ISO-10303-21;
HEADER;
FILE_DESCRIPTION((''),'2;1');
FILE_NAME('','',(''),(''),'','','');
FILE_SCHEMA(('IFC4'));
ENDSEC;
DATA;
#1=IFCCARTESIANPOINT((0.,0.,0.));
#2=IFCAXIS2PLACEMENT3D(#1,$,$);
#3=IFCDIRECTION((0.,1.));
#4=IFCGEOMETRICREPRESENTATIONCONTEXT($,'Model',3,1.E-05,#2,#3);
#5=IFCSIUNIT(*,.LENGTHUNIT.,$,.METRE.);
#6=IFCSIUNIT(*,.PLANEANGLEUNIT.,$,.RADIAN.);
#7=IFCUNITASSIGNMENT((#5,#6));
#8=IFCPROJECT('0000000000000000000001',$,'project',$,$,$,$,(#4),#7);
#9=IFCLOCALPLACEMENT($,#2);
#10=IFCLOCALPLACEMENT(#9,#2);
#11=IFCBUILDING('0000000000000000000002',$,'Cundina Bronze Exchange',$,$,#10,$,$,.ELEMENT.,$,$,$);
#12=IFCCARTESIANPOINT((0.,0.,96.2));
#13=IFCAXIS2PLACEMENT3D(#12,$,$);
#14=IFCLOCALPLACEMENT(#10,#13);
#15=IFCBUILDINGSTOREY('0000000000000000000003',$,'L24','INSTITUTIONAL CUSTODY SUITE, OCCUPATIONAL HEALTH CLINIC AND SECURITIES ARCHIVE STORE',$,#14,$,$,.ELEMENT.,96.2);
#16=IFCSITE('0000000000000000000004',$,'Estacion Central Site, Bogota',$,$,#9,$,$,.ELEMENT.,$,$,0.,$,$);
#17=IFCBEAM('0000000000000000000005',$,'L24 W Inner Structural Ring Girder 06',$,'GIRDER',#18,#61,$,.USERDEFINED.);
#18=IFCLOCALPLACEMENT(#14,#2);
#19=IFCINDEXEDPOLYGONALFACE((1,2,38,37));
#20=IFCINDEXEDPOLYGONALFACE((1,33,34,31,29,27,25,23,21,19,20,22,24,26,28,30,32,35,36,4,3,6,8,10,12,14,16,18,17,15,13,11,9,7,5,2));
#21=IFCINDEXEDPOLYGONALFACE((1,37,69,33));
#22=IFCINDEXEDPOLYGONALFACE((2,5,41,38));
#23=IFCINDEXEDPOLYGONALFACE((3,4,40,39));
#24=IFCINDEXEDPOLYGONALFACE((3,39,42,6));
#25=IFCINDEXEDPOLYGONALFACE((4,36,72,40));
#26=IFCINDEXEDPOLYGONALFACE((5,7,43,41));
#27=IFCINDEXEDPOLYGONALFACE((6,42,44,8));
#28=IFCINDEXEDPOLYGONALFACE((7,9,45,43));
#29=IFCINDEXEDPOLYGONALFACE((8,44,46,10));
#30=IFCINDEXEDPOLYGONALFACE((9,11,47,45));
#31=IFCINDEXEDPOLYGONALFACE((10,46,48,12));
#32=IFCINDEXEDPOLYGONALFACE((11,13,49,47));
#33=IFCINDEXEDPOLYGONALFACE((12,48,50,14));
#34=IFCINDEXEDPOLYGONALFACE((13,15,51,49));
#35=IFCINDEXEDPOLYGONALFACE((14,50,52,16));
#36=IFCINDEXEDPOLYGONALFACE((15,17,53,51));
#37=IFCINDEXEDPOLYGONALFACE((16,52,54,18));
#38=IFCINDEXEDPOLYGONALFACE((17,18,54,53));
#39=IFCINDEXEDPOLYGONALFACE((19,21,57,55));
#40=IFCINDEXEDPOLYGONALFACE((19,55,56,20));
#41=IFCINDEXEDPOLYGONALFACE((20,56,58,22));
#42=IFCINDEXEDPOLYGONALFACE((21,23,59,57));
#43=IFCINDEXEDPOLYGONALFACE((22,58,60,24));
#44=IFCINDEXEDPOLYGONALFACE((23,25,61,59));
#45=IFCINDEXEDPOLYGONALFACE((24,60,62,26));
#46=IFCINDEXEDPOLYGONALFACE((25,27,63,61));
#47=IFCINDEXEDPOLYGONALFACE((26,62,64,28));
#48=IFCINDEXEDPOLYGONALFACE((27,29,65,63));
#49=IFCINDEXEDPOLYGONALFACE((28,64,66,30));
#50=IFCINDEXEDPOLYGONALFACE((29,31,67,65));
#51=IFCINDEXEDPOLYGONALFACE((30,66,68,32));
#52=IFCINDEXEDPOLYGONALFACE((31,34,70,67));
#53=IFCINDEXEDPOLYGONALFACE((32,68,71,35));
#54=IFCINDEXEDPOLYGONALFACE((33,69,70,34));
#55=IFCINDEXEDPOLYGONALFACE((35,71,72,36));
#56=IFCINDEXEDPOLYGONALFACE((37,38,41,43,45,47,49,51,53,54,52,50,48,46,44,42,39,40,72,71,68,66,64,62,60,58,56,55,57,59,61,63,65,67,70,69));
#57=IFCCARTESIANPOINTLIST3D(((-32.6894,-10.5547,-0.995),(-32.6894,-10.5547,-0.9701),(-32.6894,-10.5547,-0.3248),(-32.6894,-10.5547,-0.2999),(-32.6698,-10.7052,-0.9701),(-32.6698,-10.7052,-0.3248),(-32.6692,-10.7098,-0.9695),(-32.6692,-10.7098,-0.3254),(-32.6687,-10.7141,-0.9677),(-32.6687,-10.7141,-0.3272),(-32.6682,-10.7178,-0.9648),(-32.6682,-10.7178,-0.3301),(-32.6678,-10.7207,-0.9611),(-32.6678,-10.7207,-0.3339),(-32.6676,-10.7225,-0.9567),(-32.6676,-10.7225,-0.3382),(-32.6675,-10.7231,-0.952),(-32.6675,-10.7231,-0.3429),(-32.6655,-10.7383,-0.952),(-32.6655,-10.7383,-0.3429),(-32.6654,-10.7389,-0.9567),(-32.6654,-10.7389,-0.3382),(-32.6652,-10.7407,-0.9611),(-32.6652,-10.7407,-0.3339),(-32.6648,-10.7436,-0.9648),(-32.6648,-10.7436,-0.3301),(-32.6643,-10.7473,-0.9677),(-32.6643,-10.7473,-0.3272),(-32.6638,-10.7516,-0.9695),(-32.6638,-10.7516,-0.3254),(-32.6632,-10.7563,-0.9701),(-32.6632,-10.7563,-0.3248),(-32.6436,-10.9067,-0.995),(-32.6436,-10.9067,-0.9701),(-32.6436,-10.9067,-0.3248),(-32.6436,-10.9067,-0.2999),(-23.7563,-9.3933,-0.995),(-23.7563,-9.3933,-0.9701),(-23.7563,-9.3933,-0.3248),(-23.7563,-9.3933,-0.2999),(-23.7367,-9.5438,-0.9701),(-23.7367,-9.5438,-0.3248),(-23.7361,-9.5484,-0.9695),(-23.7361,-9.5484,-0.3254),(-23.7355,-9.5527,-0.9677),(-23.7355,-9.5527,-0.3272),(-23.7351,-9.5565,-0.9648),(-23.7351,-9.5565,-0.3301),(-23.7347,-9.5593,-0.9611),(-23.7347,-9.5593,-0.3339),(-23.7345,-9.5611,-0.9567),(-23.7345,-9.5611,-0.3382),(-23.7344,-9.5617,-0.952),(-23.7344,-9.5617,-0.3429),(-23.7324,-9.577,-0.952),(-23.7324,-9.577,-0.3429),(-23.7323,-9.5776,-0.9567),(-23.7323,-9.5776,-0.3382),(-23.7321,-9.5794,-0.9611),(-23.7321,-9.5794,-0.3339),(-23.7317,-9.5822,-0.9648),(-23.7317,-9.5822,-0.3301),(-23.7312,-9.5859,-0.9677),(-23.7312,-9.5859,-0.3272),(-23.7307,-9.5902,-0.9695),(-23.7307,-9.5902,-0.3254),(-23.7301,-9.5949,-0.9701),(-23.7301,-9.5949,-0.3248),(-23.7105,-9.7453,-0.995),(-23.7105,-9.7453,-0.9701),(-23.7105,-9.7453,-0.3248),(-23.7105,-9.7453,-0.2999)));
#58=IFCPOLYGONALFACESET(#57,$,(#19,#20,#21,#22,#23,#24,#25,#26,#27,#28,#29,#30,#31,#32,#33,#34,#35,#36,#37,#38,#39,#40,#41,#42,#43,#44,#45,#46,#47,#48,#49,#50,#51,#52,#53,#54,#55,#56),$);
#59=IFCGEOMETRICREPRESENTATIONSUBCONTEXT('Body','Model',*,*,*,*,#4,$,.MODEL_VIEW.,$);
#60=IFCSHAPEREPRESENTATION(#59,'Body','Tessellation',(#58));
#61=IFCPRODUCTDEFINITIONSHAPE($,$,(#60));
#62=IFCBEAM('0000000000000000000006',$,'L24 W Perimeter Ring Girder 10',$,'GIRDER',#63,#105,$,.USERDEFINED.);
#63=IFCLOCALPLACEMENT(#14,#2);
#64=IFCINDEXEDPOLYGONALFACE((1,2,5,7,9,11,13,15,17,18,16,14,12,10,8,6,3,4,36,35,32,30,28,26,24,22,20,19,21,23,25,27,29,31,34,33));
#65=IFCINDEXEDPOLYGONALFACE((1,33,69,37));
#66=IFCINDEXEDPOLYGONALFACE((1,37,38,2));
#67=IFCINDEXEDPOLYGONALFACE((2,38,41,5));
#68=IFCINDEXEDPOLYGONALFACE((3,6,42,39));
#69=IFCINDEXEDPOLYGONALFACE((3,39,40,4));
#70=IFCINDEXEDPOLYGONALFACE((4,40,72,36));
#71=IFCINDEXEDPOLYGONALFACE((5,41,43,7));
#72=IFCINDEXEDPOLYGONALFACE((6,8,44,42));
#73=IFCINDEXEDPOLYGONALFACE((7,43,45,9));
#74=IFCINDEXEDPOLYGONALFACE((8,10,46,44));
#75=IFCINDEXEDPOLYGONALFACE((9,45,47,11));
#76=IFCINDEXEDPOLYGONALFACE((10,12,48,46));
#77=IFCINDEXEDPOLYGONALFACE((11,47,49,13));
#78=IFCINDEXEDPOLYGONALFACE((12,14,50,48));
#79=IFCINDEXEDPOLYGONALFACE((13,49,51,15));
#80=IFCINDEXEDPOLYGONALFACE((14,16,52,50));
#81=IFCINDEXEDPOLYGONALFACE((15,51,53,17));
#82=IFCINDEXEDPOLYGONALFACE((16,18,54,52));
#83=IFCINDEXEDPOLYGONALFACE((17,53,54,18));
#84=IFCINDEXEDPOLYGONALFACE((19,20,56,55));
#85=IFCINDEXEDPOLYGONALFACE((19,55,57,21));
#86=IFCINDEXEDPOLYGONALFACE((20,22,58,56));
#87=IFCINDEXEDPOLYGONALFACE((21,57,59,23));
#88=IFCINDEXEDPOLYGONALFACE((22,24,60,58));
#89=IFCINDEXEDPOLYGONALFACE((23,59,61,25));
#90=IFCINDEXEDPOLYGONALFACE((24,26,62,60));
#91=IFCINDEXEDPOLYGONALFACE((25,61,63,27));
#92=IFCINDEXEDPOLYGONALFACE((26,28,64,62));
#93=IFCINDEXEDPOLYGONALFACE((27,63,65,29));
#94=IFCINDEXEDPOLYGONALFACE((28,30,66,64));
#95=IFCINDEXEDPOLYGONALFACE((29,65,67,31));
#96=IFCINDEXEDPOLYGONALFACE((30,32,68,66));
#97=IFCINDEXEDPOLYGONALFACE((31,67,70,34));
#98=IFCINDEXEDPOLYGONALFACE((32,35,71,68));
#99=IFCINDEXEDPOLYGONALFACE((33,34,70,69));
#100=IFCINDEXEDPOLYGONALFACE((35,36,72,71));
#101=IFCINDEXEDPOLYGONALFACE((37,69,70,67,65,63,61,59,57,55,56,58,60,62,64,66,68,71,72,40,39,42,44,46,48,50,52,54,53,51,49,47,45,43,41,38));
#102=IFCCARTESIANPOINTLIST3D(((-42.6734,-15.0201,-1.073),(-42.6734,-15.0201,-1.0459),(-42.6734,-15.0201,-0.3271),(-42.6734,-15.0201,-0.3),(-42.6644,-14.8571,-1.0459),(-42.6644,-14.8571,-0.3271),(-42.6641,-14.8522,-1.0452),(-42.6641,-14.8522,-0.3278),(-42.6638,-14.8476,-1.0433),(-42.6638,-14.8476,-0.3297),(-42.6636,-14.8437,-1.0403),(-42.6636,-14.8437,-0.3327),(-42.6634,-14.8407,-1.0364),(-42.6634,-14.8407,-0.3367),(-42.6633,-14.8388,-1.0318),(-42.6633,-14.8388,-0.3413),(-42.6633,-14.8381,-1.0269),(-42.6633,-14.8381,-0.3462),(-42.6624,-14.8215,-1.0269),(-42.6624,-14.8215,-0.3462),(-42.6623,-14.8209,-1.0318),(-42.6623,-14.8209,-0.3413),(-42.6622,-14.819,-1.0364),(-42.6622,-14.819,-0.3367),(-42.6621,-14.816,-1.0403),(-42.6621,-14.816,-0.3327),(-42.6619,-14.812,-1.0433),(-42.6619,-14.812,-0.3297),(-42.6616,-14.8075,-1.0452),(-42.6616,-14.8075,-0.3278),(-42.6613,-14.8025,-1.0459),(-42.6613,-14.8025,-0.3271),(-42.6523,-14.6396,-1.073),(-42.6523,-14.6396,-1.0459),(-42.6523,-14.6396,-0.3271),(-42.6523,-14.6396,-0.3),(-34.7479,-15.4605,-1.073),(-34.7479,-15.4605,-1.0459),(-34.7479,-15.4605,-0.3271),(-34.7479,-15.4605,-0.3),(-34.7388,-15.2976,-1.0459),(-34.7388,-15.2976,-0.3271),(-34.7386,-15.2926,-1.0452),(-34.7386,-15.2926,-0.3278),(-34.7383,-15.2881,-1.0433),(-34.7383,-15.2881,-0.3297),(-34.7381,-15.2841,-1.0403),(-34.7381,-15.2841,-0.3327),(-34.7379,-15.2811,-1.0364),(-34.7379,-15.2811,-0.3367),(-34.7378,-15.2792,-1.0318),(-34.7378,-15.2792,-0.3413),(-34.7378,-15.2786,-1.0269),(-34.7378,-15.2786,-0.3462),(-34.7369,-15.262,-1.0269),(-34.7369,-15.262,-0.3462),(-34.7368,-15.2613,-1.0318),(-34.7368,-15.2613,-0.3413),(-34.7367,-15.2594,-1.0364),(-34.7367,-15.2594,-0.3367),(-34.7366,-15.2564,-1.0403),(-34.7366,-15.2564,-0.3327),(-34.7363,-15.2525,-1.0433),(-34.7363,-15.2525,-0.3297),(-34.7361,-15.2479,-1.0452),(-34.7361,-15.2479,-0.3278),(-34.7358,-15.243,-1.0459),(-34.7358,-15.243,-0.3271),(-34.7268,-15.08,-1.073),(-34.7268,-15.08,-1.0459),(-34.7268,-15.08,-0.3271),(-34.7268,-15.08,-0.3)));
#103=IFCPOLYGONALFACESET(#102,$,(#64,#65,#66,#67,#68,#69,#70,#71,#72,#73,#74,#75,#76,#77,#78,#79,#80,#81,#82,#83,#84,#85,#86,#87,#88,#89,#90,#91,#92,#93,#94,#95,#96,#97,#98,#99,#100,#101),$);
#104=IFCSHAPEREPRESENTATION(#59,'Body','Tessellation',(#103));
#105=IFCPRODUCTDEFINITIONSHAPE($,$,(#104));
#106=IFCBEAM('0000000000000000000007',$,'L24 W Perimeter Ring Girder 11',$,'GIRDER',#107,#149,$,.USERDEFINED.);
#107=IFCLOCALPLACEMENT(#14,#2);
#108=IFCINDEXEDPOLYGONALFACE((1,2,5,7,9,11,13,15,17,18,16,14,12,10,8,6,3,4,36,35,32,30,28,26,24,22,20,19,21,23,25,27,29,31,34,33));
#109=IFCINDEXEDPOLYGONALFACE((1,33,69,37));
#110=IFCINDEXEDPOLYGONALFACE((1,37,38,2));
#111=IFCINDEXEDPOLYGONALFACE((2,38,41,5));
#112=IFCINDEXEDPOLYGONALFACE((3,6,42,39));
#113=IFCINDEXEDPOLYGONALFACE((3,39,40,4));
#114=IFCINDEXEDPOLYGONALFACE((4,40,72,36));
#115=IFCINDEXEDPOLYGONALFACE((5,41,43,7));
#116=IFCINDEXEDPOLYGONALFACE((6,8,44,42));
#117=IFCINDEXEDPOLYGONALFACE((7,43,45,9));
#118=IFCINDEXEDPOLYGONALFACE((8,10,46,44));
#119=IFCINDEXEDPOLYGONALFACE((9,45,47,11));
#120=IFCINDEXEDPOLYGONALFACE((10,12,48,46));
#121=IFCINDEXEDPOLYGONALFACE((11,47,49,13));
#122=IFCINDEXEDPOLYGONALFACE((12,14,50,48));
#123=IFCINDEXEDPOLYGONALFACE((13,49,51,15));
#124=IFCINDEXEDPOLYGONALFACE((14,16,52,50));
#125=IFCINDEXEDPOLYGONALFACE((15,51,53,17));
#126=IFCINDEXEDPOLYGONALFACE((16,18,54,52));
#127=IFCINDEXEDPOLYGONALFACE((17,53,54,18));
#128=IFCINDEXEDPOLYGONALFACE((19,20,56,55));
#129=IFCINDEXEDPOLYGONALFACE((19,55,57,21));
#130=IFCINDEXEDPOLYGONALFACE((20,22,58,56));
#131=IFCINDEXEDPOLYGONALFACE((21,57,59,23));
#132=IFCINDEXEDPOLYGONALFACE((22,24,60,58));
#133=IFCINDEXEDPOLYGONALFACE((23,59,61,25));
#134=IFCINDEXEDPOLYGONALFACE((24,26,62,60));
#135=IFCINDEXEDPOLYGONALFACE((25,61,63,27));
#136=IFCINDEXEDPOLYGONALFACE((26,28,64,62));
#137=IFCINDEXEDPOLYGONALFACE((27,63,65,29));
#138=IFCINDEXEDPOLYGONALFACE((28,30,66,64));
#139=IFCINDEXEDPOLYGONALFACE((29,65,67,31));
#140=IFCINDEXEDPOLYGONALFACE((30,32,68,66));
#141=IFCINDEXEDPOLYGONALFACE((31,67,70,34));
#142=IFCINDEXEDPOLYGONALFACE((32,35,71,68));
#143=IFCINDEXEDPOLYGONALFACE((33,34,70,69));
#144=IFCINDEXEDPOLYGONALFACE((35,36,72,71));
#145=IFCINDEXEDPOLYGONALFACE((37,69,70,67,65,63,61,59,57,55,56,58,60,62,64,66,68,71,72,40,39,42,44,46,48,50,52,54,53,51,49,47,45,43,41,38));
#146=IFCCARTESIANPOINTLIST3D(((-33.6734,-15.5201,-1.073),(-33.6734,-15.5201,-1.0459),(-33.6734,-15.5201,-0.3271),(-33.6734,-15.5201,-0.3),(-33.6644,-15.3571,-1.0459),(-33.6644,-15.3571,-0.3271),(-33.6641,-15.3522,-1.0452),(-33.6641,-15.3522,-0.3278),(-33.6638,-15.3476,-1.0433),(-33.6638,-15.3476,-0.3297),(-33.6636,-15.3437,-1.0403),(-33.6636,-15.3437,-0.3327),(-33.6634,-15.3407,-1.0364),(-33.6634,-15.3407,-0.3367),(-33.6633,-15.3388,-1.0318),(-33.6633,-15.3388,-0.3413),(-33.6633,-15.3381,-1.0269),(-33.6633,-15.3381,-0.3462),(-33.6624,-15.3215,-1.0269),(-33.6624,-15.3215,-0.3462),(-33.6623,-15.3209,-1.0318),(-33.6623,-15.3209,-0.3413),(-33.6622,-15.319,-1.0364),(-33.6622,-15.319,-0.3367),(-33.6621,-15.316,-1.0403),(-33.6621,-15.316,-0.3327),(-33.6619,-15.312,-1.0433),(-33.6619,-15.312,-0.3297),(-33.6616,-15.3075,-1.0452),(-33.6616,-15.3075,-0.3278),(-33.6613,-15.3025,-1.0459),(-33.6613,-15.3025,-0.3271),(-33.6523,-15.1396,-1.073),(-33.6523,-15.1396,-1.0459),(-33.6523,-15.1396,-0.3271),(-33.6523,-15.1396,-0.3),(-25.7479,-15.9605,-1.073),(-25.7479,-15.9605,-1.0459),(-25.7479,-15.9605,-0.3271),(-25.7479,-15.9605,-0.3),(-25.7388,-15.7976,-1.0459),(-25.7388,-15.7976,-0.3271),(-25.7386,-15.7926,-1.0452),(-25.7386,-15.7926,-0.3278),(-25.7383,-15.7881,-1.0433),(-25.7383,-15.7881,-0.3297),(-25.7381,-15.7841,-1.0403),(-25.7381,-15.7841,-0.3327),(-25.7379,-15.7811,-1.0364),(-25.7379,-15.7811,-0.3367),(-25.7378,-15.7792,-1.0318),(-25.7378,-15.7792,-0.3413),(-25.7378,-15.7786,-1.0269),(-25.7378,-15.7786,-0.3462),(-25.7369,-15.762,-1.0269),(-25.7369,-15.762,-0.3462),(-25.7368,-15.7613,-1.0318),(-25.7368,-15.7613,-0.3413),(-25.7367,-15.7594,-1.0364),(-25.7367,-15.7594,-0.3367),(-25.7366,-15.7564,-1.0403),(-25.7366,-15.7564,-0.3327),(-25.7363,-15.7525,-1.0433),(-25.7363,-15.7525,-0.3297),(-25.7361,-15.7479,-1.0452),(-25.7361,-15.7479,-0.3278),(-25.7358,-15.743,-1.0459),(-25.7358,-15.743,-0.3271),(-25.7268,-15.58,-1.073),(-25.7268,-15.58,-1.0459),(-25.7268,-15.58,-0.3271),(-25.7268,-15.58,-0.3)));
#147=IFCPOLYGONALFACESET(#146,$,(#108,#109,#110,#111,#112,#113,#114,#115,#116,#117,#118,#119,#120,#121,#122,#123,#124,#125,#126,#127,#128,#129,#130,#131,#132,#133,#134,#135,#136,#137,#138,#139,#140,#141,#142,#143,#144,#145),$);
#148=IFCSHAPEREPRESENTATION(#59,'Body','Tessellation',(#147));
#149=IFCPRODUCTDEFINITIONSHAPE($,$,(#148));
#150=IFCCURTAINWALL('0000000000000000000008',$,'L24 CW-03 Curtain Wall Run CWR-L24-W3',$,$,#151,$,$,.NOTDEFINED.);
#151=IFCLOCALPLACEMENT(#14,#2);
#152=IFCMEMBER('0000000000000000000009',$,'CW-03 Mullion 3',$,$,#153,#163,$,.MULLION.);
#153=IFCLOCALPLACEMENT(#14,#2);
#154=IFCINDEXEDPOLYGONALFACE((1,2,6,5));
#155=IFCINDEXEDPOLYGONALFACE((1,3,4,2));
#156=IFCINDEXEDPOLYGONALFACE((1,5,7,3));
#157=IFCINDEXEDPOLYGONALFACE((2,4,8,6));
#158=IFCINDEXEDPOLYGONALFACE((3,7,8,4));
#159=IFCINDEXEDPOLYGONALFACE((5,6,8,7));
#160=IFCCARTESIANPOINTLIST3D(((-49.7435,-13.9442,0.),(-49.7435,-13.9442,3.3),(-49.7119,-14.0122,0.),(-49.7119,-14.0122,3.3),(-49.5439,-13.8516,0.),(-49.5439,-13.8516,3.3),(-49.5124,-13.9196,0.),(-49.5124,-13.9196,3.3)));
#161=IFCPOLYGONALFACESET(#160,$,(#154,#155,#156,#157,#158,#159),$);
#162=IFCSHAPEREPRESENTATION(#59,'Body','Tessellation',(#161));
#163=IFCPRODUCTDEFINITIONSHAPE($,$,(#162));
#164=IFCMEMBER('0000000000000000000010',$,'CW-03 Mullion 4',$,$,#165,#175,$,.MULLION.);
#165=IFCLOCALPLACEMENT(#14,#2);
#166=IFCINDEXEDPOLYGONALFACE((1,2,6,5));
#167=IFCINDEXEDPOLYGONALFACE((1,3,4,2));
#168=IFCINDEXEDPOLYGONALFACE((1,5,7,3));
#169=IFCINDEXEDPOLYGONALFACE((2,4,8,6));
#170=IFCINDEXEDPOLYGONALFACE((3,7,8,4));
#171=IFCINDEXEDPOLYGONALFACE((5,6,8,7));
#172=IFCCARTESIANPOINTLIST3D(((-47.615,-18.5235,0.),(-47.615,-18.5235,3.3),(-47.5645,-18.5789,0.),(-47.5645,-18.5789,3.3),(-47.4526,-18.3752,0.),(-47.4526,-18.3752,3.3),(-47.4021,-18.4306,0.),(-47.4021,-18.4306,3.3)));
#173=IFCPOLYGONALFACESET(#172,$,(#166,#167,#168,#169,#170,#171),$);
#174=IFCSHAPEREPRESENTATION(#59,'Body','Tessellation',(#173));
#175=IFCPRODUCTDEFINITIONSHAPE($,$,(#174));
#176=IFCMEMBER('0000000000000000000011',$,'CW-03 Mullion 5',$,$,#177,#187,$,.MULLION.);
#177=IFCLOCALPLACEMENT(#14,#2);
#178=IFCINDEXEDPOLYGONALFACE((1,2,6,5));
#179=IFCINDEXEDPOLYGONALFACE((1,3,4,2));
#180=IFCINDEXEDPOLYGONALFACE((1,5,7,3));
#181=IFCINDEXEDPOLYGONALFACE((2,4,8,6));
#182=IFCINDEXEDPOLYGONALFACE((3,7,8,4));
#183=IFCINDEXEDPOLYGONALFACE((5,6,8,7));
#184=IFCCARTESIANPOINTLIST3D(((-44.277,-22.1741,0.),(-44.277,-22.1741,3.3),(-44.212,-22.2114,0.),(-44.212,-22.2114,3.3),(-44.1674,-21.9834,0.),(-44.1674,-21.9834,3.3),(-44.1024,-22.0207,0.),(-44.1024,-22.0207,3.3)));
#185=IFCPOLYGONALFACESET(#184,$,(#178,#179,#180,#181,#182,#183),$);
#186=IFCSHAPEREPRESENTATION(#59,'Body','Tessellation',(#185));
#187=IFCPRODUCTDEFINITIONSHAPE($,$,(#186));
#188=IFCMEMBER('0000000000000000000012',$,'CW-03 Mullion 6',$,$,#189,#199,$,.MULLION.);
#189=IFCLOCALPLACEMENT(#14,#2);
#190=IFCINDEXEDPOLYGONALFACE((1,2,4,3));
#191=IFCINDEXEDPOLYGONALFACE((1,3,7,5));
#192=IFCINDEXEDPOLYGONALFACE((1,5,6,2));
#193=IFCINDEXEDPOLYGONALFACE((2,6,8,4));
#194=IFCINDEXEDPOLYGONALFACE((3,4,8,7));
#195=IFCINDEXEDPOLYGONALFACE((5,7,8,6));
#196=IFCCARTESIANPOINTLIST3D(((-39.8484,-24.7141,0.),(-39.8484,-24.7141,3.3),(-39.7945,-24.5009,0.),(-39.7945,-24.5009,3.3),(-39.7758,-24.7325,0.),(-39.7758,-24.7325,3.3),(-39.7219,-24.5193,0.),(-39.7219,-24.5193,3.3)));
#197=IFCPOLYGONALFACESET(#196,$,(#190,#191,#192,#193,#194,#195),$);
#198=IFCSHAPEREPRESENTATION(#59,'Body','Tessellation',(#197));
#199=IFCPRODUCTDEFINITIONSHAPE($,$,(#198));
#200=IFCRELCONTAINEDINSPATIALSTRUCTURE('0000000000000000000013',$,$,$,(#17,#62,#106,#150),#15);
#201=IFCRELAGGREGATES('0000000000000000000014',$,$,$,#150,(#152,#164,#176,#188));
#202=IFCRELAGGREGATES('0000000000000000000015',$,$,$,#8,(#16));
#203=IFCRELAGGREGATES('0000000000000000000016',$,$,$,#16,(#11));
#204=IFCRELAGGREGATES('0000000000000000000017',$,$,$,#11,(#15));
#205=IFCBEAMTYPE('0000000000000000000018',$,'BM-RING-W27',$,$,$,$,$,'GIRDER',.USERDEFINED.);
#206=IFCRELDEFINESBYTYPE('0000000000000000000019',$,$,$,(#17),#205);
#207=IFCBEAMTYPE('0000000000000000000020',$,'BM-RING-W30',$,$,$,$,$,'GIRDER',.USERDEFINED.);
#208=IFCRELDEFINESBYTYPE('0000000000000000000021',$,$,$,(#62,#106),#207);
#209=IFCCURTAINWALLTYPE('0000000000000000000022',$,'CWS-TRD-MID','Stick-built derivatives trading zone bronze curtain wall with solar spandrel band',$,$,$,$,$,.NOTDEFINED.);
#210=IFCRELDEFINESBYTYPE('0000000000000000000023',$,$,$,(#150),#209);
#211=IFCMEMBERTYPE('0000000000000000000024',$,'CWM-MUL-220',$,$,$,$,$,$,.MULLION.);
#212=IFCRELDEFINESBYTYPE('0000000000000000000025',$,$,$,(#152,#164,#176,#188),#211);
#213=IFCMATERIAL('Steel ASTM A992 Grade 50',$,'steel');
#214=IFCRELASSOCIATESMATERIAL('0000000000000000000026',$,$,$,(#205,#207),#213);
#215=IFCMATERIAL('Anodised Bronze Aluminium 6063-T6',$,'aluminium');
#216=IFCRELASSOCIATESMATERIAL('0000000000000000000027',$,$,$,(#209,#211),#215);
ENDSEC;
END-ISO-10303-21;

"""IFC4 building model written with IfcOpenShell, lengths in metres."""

from ifc_helpers import new_model, si_unit, direction, frame, origin, origin_2d, place, context, subcontext, project, spatial, rectangle, i_section, extrude, material, material_profile, profile_set, type_object, element, aggregate, save


model = new_model("IFC4")

# Units and contexts
model_context = context("Model", 3, precision=1e-05, world=origin(), true_north=direction((0.0, 1.0)))
body_context = subcontext(model_context, "Body", "Model", "MODEL_VIEW")
ifc_project = project(units=[si_unit("LENGTHUNIT", "METRE"), si_unit("PLANEANGLEUNIT", "RADIAN")], contexts=[model_context])

# Site, building, storey
site_placement = place(None, origin())
site = spatial("IfcSite", under=ifc_project, at=site_placement, Name="Estacion Central Site, Bogota", CompositionType="ELEMENT", RefElevation=0.0)
building_placement = place(site_placement, origin())
building = spatial("IfcBuilding", under=site, at=building_placement, Name="Cundina Bronze Exchange", CompositionType="ELEMENT")
storey_placement = place(building_placement, frame((0.0, 0.0, 96.2)))
storey = spatial("IfcBuildingStorey", under=building, at=storey_placement, Name="L24", Description="INSTITUTIONAL CUSTODY SUITE, OCCUPATIONAL HEALTH CLINIC AND SECURITIES ARCHIVE STORE", CompositionType="ELEMENT", Elevation=96.2)

# Beams
ifc_material_1 = material(Name="Steel ASTM A992 Grade 50", Category="steel")
ifc_material_profile_1 = material_profile(ifc_material_1, i_section(OverallWidth=0.355, OverallDepth=0.6951, WebThickness=0.0154, FlangeThickness=0.0249, FilletRadius=0.0181, at=origin_2d()), Name="W27X146", Category="steel")
ifc_profile_set_1 = profile_set([ifc_material_profile_1], Name="Steel ASTM A992 Grade 50")
beam_type_1 = type_object("IfcBeamType", Name="BM-RING-W27", ElementType="GIRDER", PredefinedType="USERDEFINED", material=ifc_profile_set_1)
beam_1_placement = place(storey_placement, frame((-32.6665, -10.7307, -0.6475), z_axis=(0.991655, 0.128923, 0.0), x_axis=(-0.128923, 0.991655, 0.0)))
element("IfcBeam", 1, at=beam_1_placement, inside=storey, type_object=beam_type_1, Name="L24 W Inner Structural Ring Girder 06", ObjectType="GIRDER", PredefinedType="USERDEFINED", context=body_context, shape_type="SweptSolid", body=[
    extrude(i_section(OverallWidth=0.355, OverallDepth=0.6951, WebThickness=0.0154, FlangeThickness=0.0249, FilletRadius=0.0181, at=origin_2d()), origin(), (0.0, 0.0, 1.0), 9.0083),
])
ifc_material_profile_2 = material_profile(ifc_material_1, i_section(OverallWidth=0.3811, OverallDepth=0.7729, WebThickness=0.0166, FlangeThickness=0.0271, FilletRadius=0.019, at=origin_2d()), Name="W30X173", Category="steel")
ifc_profile_set_2 = profile_set([ifc_material_profile_2], Name="Steel ASTM A992 Grade 50")
beam_type_2 = type_object("IfcBeamType", Name="BM-RING-W30", ElementType="GIRDER", PredefinedType="USERDEFINED", material=ifc_profile_set_2)
for number, where, z_axis, x_axis, name in (
    (2, (-42.6628, -14.8298, -0.6865), (0.99846, -0.055485, 0.0), (0.055485, 0.99846, 0.0), "L24 W Perimeter Ring Girder 10"),
    (3, (-33.6628, -15.3298, -0.6865), (0.99846, -0.055485, 0.0), (0.055485, 0.99846, 0.0), "L24 W Perimeter Ring Girder 11"),
):
    element("IfcBeam", number, at=place(storey_placement, frame(where, z_axis=z_axis, x_axis=x_axis)), inside=storey, type_object=beam_type_2, Name=name, ObjectType="GIRDER", PredefinedType="USERDEFINED", context=body_context, shape_type="SweptSolid", body=[
        extrude(i_section(OverallWidth=0.3811, OverallDepth=0.7729, WebThickness=0.0166, FlangeThickness=0.0271, FilletRadius=0.019, at=origin_2d()), origin(), (0.0, 0.0, 1.0), 7.9377),
    ])

# Curtain wall, members
ifc_material_2 = material(Name="Anodised Bronze Aluminium 6063-T6", Category="aluminium")
curtain_wall_type = type_object("IfcCurtainWallType", Name="CWS-TRD-MID", Description="Stick-built derivatives trading zone bronze curtain wall with solar spandrel band", PredefinedType="NOTDEFINED", material=ifc_material_2)
curtain_wall_placement = place(storey_placement, origin())
curtain_wall = element("IfcCurtainWall", 4, at=curtain_wall_placement, inside=storey, type_object=curtain_wall_type, Name="L24 CW-03 Curtain Wall Run CWR-L24-W3", PredefinedType="NOTDEFINED")
ifc_material_profile_3 = material_profile(ifc_material_2, rectangle(XDim=0.075, YDim=0.22, at=origin_2d()), Name="AL75X220", Category="aluminium")
ifc_profile_set_3 = profile_set([ifc_material_profile_3], Name="Anodised Bronze Aluminium 6063-T6")
member_type_1 = type_object("IfcMemberType", Name="CWM-MUL-220", PredefinedType="MULLION", material=ifc_profile_set_3)
member_1_placement = place(storey_placement, frame((-49.6279, -13.9319, 0.0), z_axis=(0.0, 0.0, 1.0), x_axis=(0.420877, -0.907117, 0.0)))
member_1 = element("IfcMember", 5, at=member_1_placement, type_object=member_type_1, Name="CW-03 Mullion 3", PredefinedType="MULLION", context=body_context, shape_type="SweptSolid", body=[
    extrude(rectangle(XDim=0.075, YDim=0.22, at=origin_2d()), origin(), (0.0, 0.0, 1.0), 3.3),
])
member_2_placement = place(storey_placement, frame((-47.5085, -18.4771, 0.0), z_axis=(0.0, 0.0, 1.0), x_axis=(0.674302, -0.738455, 0.0)))
member_2 = element("IfcMember", 6, at=member_2_placement, type_object=member_type_1, Name="CW-03 Mullion 4", PredefinedType="MULLION", context=body_context, shape_type="SweptSolid", body=[
    extrude(rectangle(XDim=0.075, YDim=0.22, at=origin_2d()), origin(), (0.0, 0.0, 1.0), 3.3),
])
member_3_placement = place(storey_placement, frame((-44.1897, -22.0974, 0.0), z_axis=(0.0, 0.0, 1.0), x_axis=(0.867071, -0.498185, 0.0)))
member_3 = element("IfcMember", 7, at=member_3_placement, type_object=member_type_1, Name="CW-03 Mullion 5", PredefinedType="MULLION", context=body_context, shape_type="SweptSolid", body=[
    extrude(rectangle(XDim=0.075, YDim=0.22, at=origin_2d()), origin(), (0.0, 0.0, 1.0), 3.3),
])
member_4_placement = place(storey_placement, frame((-39.7852, -24.6167, 0.0), z_axis=(0.0, 0.0, 1.0), x_axis=(0.969488, -0.245138, 0.0)))
member_4 = element("IfcMember", 8, at=member_4_placement, type_object=member_type_1, Name="CW-03 Mullion 6", PredefinedType="MULLION", context=body_context, shape_type="SweptSolid", body=[
    extrude(rectangle(XDim=0.075, YDim=0.22, at=origin_2d()), origin(), (0.0, 0.0, 1.0), 3.3),
])
aggregate(curtain_wall, [member_1, member_2, member_3, member_4])

save(model, "model.ifc")
